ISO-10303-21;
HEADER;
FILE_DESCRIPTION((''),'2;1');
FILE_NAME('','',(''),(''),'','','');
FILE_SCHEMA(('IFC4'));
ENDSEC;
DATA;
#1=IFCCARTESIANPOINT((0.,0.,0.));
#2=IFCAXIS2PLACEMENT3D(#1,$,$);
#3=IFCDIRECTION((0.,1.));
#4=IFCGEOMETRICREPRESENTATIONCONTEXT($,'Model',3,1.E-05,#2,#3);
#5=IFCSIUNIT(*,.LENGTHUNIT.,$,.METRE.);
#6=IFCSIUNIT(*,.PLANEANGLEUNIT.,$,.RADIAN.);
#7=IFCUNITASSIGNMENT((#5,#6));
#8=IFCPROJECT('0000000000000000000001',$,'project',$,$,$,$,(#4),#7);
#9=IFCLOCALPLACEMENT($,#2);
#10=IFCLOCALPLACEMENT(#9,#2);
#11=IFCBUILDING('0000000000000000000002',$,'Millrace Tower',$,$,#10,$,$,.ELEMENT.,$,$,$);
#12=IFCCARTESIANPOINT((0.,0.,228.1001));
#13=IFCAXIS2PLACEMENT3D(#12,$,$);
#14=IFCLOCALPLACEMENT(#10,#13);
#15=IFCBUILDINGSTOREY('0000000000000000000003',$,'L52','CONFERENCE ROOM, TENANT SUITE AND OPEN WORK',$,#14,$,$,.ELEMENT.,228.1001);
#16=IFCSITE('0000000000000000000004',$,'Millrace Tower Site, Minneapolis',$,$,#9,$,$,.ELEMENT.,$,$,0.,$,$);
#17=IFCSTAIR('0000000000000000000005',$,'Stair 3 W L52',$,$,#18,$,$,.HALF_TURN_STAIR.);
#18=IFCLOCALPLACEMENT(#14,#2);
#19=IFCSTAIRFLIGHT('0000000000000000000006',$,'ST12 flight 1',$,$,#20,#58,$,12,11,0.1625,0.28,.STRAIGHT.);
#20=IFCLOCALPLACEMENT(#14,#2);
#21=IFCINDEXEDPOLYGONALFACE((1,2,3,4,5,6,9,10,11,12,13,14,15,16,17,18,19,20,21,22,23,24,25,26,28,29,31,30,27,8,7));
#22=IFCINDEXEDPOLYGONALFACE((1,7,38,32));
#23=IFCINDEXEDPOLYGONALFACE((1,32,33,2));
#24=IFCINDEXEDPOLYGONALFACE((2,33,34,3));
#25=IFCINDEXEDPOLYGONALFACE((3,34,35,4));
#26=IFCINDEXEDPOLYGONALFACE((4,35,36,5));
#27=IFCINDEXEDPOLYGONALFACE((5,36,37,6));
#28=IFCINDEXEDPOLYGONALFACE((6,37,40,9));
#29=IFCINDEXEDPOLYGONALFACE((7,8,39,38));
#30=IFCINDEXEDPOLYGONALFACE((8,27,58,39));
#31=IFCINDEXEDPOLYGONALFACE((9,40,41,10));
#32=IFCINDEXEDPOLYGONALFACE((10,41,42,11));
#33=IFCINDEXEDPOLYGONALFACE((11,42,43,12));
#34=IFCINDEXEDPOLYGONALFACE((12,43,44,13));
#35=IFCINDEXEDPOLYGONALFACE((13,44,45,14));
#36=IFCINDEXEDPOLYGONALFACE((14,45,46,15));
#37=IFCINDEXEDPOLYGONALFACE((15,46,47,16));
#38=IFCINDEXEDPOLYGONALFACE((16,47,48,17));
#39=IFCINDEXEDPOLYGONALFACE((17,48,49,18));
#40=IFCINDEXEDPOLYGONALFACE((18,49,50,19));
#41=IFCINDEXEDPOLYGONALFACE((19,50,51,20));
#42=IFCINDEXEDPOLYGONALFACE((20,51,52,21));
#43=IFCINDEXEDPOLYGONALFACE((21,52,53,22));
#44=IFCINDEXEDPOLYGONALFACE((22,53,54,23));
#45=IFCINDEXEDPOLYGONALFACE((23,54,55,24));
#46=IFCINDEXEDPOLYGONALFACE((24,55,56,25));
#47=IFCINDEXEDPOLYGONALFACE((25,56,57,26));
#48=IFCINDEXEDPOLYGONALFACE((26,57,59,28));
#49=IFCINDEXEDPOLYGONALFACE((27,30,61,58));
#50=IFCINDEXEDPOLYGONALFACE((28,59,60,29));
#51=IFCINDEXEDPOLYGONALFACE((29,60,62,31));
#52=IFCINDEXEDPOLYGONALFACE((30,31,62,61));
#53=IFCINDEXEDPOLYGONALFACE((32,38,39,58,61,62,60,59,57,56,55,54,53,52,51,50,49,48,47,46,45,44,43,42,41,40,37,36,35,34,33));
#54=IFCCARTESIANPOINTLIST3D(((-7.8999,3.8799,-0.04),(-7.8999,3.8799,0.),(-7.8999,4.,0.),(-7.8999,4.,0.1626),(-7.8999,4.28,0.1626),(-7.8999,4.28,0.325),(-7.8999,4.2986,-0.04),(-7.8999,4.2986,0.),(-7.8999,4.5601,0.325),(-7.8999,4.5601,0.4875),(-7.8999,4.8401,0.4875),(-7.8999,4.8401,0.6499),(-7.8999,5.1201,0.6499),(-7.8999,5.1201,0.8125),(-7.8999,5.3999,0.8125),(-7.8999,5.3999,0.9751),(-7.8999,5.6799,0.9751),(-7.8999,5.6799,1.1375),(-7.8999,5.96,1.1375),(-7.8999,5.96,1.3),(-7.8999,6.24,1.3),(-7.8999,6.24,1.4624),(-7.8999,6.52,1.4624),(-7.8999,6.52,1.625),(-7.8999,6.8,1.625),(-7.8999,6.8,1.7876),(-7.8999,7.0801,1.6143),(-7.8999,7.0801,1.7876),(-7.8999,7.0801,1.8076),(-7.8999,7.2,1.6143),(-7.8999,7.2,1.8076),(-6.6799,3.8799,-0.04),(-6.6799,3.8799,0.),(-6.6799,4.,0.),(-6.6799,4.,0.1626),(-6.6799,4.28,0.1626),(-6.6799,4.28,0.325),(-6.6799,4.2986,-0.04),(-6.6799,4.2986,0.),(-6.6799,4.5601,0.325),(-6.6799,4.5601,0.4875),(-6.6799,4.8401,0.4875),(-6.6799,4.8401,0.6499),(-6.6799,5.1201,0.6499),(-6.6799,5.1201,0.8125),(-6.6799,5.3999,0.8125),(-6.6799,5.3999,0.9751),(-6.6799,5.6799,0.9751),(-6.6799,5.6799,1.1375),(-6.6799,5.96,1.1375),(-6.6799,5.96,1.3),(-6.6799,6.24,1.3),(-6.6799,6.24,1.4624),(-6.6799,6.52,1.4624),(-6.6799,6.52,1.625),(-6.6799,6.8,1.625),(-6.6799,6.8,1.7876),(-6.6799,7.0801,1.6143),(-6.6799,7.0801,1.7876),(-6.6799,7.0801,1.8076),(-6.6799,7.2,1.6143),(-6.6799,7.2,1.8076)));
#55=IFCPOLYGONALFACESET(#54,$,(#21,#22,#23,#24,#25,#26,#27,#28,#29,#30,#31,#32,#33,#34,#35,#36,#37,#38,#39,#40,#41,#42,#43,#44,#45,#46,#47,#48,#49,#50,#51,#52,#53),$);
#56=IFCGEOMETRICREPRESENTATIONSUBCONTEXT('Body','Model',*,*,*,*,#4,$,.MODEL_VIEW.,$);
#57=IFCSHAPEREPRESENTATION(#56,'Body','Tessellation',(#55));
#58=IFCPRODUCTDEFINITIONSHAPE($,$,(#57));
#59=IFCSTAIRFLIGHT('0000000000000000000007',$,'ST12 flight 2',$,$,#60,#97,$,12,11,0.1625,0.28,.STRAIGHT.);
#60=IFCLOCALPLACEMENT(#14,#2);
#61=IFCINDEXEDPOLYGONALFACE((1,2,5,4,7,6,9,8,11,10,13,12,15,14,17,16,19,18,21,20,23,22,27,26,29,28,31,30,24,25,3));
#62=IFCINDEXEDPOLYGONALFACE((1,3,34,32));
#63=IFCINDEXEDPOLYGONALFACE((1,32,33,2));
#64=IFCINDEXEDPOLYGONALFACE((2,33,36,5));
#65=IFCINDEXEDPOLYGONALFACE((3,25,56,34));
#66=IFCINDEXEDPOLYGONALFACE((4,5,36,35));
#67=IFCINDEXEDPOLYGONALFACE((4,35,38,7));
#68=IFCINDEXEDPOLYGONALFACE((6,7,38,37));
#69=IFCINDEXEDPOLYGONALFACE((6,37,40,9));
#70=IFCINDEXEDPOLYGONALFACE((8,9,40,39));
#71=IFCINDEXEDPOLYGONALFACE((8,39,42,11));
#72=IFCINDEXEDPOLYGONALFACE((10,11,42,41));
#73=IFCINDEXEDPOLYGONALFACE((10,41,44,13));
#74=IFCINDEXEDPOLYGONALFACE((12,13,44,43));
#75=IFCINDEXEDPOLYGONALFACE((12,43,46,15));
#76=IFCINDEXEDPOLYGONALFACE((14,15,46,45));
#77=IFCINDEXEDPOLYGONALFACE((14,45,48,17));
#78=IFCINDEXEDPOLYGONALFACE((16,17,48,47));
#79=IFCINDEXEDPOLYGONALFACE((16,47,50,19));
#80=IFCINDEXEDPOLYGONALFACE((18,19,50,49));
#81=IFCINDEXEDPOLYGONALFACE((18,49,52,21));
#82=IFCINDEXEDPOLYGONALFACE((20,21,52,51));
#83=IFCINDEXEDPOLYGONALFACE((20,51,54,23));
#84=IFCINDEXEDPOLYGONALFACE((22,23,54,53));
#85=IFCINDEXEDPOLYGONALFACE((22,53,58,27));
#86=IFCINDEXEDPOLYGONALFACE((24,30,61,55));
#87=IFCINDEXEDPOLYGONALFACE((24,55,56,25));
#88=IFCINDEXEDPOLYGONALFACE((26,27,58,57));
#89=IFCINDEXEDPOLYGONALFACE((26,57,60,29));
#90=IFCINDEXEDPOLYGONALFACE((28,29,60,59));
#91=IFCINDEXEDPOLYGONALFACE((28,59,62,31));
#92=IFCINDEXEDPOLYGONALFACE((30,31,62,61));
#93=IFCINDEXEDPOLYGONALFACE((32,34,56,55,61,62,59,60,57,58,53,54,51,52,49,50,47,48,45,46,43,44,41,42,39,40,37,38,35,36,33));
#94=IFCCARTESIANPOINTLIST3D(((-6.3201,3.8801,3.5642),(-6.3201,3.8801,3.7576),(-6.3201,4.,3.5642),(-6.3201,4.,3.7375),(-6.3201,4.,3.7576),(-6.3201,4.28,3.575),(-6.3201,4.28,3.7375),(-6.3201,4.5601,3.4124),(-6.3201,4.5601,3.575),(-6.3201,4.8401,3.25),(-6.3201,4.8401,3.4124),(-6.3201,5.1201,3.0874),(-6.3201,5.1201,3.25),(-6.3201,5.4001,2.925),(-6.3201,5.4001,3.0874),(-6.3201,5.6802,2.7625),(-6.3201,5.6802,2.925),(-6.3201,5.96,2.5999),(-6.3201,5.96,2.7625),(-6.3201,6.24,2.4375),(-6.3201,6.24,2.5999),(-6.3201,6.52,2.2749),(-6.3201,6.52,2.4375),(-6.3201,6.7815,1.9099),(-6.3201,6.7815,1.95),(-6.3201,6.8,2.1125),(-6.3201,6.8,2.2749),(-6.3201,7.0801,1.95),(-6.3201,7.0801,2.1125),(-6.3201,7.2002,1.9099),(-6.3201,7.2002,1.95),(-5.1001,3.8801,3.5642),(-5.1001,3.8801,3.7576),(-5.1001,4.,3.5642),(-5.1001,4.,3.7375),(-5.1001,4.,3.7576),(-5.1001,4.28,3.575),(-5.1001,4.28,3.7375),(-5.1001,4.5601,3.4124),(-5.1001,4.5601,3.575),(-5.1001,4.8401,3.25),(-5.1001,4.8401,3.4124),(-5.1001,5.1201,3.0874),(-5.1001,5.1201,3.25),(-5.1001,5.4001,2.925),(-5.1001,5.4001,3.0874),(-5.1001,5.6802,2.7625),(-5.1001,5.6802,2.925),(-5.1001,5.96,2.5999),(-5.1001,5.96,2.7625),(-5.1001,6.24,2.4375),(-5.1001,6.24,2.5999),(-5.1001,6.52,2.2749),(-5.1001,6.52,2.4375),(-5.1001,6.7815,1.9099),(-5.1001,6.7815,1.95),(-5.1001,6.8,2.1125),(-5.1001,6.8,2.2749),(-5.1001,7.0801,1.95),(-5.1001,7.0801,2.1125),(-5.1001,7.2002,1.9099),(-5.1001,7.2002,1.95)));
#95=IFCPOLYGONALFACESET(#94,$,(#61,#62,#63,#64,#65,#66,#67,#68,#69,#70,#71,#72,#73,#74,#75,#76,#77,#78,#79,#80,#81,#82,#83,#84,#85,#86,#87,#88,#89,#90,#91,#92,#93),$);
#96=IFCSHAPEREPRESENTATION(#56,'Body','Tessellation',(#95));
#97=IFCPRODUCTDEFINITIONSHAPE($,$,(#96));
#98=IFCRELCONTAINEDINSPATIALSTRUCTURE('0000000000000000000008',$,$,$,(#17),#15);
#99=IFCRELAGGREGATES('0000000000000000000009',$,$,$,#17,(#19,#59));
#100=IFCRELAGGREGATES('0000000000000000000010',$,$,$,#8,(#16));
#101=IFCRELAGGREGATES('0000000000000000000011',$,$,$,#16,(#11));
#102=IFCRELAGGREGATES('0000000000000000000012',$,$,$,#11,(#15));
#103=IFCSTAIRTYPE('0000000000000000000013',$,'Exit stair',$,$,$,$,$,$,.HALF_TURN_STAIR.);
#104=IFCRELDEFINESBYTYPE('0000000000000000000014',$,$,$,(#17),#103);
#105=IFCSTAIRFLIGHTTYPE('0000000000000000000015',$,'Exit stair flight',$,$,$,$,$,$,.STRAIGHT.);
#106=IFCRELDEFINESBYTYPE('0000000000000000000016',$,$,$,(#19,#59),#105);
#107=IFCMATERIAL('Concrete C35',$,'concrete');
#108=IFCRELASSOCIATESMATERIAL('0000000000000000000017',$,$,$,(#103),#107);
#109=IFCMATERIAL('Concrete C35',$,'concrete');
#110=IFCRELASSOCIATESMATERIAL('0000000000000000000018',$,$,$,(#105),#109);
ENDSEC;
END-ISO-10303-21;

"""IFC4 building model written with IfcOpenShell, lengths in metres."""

from ifc_helpers import new_model, si_unit, direction, frame, origin, place, context, subcontext, project, spatial, polyline, outline, extrude, material, type_object, element, aggregate, save


model = new_model("IFC4")

# Units and contexts
model_context = context("Model", 3, precision=1e-05, world=origin(), true_north=direction((0.0, 1.0)))
body_context = subcontext(model_context, "Body", "Model", "MODEL_VIEW")
ifc_project = project(units=[si_unit("LENGTHUNIT", "METRE"), si_unit("PLANEANGLEUNIT", "RADIAN")], contexts=[model_context])

# Site, building, storey
site_placement = place(None, origin())
site = spatial("IfcSite", under=ifc_project, at=site_placement, Name="Millrace Tower Site, Minneapolis", CompositionType="ELEMENT", RefElevation=0.0)
building_placement = place(site_placement, origin())
building = spatial("IfcBuilding", under=site, at=building_placement, Name="Millrace Tower", CompositionType="ELEMENT")
storey_placement = place(building_placement, frame((0.0, 0.0, 228.1001)))
storey = spatial("IfcBuildingStorey", under=building, at=storey_placement, Name="L52", Description="CONFERENCE ROOM, TENANT SUITE AND OPEN WORK", CompositionType="ELEMENT", Elevation=228.1001)

# Stair, stair flights
ifc_material_1 = material(Name="Concrete C35", Category="concrete")
stair_type = type_object("IfcStairType", Name="Exit stair", PredefinedType="HALF_TURN_STAIR", material=ifc_material_1)
placement = place(storey_placement, origin())
ifc_material_2 = material(Name="Concrete C35", Category="concrete")
stair_flight_type = type_object("IfcStairFlightType", Name="Exit stair flight", PredefinedType="STRAIGHT", material=ifc_material_2)
stair_1 = element("IfcStair", 1, at=placement, inside=storey, type_object=stair_type, Name="Stair 3 W L52", PredefinedType="HALF_TURN_STAIR")
stair_flight_1_placement = place(storey_placement, frame((-7.29, 4.0, 0.0), z_axis=(0.0, 0.0, 1.0), x_axis=(0.0, 1.0, 0.0)))
stair_flight_1 = element("IfcStairFlight", 2, at=stair_flight_1_placement, type_object=stair_flight_type, Name="ST12 flight 1", NumberOfRisers=12, NumberOfTreads=11, PredefinedType="STRAIGHT", RiserHeight=0.1625, TreadLength=0.28, context=body_context, shape_type="SweptSolid", body=[
    extrude(outline(polyline([(-0.1201, -0.04), (-0.1201, 0.0), (0.0, 0.0), (0.0, 0.1626), (0.28, 0.1626), (0.28, 0.325), (0.5601, 0.325), (0.5601, 0.4875), (0.8401, 0.4875), (0.8401, 0.6499), (1.1201, 0.6499), (1.1201, 0.8125), (1.3999, 0.8125), (1.3999, 0.9751), (1.6799, 0.9751), (1.6799, 1.1375), (1.96, 1.1375), (1.96, 1.3), (2.24, 1.3), (2.24, 1.4624), (2.52, 1.4624), (2.52, 1.625), (2.8, 1.625), (2.8, 1.7876), (3.0801, 1.7876), (3.0801, 1.8076), (3.2, 1.8076), (3.2, 1.6143), (3.0801, 1.6143), (0.2986, 0.0), (0.2986, -0.04), (-0.1201, -0.04)])), frame((0.0, 0.6099, 0.0), z_axis=(0.0, -1.0, 0.0), x_axis=(1.0, 0.0, 0.0)), (0.0, 0.0, 1.0), 1.22),
])
stair_flight_2_placement = place(storey_placement, frame((-5.71, 7.0801, 1.95), z_axis=(0.0, 0.0, 1.0), x_axis=(0.0, -1.0, 0.0)))
stair_flight_2 = element("IfcStairFlight", 3, at=stair_flight_2_placement, type_object=stair_flight_type, Name="ST12 flight 2", NumberOfRisers=12, NumberOfTreads=11, PredefinedType="STRAIGHT", RiserHeight=0.1625, TreadLength=0.28, context=body_context, shape_type="SweptSolid", body=[
    extrude(outline(polyline([(-0.1201, -0.04), (-0.1201, 0.0), (0.0, 0.0), (0.0, 0.1626), (0.28, 0.1626), (0.28, 0.325), (0.5601, 0.325), (0.5601, 0.4875), (0.8401, 0.4875), (0.8401, 0.6499), (1.1201, 0.6499), (1.1201, 0.8125), (1.3999, 0.8125), (1.3999, 0.9751), (1.6799, 0.9751), (1.6799, 1.1375), (1.96, 1.1375), (1.96, 1.3), (2.24, 1.3), (2.24, 1.4624), (2.52, 1.4624), (2.52, 1.625), (2.8, 1.625), (2.8, 1.7876), (3.0801, 1.7876), (3.0801, 1.8076), (3.2, 1.8076), (3.2, 1.6143), (3.0801, 1.6143), (0.2986, 0.0), (0.2986, -0.04), (-0.1201, -0.04)])), frame((0.0, 0.6099, 0.0), z_axis=(0.0, -1.0, 0.0), x_axis=(1.0, 0.0, 0.0)), (0.0, 0.0, 1.0), 1.22),
])
aggregate(stair_1, [stair_flight_1, stair_flight_2])

save(model, "model.ifc")
